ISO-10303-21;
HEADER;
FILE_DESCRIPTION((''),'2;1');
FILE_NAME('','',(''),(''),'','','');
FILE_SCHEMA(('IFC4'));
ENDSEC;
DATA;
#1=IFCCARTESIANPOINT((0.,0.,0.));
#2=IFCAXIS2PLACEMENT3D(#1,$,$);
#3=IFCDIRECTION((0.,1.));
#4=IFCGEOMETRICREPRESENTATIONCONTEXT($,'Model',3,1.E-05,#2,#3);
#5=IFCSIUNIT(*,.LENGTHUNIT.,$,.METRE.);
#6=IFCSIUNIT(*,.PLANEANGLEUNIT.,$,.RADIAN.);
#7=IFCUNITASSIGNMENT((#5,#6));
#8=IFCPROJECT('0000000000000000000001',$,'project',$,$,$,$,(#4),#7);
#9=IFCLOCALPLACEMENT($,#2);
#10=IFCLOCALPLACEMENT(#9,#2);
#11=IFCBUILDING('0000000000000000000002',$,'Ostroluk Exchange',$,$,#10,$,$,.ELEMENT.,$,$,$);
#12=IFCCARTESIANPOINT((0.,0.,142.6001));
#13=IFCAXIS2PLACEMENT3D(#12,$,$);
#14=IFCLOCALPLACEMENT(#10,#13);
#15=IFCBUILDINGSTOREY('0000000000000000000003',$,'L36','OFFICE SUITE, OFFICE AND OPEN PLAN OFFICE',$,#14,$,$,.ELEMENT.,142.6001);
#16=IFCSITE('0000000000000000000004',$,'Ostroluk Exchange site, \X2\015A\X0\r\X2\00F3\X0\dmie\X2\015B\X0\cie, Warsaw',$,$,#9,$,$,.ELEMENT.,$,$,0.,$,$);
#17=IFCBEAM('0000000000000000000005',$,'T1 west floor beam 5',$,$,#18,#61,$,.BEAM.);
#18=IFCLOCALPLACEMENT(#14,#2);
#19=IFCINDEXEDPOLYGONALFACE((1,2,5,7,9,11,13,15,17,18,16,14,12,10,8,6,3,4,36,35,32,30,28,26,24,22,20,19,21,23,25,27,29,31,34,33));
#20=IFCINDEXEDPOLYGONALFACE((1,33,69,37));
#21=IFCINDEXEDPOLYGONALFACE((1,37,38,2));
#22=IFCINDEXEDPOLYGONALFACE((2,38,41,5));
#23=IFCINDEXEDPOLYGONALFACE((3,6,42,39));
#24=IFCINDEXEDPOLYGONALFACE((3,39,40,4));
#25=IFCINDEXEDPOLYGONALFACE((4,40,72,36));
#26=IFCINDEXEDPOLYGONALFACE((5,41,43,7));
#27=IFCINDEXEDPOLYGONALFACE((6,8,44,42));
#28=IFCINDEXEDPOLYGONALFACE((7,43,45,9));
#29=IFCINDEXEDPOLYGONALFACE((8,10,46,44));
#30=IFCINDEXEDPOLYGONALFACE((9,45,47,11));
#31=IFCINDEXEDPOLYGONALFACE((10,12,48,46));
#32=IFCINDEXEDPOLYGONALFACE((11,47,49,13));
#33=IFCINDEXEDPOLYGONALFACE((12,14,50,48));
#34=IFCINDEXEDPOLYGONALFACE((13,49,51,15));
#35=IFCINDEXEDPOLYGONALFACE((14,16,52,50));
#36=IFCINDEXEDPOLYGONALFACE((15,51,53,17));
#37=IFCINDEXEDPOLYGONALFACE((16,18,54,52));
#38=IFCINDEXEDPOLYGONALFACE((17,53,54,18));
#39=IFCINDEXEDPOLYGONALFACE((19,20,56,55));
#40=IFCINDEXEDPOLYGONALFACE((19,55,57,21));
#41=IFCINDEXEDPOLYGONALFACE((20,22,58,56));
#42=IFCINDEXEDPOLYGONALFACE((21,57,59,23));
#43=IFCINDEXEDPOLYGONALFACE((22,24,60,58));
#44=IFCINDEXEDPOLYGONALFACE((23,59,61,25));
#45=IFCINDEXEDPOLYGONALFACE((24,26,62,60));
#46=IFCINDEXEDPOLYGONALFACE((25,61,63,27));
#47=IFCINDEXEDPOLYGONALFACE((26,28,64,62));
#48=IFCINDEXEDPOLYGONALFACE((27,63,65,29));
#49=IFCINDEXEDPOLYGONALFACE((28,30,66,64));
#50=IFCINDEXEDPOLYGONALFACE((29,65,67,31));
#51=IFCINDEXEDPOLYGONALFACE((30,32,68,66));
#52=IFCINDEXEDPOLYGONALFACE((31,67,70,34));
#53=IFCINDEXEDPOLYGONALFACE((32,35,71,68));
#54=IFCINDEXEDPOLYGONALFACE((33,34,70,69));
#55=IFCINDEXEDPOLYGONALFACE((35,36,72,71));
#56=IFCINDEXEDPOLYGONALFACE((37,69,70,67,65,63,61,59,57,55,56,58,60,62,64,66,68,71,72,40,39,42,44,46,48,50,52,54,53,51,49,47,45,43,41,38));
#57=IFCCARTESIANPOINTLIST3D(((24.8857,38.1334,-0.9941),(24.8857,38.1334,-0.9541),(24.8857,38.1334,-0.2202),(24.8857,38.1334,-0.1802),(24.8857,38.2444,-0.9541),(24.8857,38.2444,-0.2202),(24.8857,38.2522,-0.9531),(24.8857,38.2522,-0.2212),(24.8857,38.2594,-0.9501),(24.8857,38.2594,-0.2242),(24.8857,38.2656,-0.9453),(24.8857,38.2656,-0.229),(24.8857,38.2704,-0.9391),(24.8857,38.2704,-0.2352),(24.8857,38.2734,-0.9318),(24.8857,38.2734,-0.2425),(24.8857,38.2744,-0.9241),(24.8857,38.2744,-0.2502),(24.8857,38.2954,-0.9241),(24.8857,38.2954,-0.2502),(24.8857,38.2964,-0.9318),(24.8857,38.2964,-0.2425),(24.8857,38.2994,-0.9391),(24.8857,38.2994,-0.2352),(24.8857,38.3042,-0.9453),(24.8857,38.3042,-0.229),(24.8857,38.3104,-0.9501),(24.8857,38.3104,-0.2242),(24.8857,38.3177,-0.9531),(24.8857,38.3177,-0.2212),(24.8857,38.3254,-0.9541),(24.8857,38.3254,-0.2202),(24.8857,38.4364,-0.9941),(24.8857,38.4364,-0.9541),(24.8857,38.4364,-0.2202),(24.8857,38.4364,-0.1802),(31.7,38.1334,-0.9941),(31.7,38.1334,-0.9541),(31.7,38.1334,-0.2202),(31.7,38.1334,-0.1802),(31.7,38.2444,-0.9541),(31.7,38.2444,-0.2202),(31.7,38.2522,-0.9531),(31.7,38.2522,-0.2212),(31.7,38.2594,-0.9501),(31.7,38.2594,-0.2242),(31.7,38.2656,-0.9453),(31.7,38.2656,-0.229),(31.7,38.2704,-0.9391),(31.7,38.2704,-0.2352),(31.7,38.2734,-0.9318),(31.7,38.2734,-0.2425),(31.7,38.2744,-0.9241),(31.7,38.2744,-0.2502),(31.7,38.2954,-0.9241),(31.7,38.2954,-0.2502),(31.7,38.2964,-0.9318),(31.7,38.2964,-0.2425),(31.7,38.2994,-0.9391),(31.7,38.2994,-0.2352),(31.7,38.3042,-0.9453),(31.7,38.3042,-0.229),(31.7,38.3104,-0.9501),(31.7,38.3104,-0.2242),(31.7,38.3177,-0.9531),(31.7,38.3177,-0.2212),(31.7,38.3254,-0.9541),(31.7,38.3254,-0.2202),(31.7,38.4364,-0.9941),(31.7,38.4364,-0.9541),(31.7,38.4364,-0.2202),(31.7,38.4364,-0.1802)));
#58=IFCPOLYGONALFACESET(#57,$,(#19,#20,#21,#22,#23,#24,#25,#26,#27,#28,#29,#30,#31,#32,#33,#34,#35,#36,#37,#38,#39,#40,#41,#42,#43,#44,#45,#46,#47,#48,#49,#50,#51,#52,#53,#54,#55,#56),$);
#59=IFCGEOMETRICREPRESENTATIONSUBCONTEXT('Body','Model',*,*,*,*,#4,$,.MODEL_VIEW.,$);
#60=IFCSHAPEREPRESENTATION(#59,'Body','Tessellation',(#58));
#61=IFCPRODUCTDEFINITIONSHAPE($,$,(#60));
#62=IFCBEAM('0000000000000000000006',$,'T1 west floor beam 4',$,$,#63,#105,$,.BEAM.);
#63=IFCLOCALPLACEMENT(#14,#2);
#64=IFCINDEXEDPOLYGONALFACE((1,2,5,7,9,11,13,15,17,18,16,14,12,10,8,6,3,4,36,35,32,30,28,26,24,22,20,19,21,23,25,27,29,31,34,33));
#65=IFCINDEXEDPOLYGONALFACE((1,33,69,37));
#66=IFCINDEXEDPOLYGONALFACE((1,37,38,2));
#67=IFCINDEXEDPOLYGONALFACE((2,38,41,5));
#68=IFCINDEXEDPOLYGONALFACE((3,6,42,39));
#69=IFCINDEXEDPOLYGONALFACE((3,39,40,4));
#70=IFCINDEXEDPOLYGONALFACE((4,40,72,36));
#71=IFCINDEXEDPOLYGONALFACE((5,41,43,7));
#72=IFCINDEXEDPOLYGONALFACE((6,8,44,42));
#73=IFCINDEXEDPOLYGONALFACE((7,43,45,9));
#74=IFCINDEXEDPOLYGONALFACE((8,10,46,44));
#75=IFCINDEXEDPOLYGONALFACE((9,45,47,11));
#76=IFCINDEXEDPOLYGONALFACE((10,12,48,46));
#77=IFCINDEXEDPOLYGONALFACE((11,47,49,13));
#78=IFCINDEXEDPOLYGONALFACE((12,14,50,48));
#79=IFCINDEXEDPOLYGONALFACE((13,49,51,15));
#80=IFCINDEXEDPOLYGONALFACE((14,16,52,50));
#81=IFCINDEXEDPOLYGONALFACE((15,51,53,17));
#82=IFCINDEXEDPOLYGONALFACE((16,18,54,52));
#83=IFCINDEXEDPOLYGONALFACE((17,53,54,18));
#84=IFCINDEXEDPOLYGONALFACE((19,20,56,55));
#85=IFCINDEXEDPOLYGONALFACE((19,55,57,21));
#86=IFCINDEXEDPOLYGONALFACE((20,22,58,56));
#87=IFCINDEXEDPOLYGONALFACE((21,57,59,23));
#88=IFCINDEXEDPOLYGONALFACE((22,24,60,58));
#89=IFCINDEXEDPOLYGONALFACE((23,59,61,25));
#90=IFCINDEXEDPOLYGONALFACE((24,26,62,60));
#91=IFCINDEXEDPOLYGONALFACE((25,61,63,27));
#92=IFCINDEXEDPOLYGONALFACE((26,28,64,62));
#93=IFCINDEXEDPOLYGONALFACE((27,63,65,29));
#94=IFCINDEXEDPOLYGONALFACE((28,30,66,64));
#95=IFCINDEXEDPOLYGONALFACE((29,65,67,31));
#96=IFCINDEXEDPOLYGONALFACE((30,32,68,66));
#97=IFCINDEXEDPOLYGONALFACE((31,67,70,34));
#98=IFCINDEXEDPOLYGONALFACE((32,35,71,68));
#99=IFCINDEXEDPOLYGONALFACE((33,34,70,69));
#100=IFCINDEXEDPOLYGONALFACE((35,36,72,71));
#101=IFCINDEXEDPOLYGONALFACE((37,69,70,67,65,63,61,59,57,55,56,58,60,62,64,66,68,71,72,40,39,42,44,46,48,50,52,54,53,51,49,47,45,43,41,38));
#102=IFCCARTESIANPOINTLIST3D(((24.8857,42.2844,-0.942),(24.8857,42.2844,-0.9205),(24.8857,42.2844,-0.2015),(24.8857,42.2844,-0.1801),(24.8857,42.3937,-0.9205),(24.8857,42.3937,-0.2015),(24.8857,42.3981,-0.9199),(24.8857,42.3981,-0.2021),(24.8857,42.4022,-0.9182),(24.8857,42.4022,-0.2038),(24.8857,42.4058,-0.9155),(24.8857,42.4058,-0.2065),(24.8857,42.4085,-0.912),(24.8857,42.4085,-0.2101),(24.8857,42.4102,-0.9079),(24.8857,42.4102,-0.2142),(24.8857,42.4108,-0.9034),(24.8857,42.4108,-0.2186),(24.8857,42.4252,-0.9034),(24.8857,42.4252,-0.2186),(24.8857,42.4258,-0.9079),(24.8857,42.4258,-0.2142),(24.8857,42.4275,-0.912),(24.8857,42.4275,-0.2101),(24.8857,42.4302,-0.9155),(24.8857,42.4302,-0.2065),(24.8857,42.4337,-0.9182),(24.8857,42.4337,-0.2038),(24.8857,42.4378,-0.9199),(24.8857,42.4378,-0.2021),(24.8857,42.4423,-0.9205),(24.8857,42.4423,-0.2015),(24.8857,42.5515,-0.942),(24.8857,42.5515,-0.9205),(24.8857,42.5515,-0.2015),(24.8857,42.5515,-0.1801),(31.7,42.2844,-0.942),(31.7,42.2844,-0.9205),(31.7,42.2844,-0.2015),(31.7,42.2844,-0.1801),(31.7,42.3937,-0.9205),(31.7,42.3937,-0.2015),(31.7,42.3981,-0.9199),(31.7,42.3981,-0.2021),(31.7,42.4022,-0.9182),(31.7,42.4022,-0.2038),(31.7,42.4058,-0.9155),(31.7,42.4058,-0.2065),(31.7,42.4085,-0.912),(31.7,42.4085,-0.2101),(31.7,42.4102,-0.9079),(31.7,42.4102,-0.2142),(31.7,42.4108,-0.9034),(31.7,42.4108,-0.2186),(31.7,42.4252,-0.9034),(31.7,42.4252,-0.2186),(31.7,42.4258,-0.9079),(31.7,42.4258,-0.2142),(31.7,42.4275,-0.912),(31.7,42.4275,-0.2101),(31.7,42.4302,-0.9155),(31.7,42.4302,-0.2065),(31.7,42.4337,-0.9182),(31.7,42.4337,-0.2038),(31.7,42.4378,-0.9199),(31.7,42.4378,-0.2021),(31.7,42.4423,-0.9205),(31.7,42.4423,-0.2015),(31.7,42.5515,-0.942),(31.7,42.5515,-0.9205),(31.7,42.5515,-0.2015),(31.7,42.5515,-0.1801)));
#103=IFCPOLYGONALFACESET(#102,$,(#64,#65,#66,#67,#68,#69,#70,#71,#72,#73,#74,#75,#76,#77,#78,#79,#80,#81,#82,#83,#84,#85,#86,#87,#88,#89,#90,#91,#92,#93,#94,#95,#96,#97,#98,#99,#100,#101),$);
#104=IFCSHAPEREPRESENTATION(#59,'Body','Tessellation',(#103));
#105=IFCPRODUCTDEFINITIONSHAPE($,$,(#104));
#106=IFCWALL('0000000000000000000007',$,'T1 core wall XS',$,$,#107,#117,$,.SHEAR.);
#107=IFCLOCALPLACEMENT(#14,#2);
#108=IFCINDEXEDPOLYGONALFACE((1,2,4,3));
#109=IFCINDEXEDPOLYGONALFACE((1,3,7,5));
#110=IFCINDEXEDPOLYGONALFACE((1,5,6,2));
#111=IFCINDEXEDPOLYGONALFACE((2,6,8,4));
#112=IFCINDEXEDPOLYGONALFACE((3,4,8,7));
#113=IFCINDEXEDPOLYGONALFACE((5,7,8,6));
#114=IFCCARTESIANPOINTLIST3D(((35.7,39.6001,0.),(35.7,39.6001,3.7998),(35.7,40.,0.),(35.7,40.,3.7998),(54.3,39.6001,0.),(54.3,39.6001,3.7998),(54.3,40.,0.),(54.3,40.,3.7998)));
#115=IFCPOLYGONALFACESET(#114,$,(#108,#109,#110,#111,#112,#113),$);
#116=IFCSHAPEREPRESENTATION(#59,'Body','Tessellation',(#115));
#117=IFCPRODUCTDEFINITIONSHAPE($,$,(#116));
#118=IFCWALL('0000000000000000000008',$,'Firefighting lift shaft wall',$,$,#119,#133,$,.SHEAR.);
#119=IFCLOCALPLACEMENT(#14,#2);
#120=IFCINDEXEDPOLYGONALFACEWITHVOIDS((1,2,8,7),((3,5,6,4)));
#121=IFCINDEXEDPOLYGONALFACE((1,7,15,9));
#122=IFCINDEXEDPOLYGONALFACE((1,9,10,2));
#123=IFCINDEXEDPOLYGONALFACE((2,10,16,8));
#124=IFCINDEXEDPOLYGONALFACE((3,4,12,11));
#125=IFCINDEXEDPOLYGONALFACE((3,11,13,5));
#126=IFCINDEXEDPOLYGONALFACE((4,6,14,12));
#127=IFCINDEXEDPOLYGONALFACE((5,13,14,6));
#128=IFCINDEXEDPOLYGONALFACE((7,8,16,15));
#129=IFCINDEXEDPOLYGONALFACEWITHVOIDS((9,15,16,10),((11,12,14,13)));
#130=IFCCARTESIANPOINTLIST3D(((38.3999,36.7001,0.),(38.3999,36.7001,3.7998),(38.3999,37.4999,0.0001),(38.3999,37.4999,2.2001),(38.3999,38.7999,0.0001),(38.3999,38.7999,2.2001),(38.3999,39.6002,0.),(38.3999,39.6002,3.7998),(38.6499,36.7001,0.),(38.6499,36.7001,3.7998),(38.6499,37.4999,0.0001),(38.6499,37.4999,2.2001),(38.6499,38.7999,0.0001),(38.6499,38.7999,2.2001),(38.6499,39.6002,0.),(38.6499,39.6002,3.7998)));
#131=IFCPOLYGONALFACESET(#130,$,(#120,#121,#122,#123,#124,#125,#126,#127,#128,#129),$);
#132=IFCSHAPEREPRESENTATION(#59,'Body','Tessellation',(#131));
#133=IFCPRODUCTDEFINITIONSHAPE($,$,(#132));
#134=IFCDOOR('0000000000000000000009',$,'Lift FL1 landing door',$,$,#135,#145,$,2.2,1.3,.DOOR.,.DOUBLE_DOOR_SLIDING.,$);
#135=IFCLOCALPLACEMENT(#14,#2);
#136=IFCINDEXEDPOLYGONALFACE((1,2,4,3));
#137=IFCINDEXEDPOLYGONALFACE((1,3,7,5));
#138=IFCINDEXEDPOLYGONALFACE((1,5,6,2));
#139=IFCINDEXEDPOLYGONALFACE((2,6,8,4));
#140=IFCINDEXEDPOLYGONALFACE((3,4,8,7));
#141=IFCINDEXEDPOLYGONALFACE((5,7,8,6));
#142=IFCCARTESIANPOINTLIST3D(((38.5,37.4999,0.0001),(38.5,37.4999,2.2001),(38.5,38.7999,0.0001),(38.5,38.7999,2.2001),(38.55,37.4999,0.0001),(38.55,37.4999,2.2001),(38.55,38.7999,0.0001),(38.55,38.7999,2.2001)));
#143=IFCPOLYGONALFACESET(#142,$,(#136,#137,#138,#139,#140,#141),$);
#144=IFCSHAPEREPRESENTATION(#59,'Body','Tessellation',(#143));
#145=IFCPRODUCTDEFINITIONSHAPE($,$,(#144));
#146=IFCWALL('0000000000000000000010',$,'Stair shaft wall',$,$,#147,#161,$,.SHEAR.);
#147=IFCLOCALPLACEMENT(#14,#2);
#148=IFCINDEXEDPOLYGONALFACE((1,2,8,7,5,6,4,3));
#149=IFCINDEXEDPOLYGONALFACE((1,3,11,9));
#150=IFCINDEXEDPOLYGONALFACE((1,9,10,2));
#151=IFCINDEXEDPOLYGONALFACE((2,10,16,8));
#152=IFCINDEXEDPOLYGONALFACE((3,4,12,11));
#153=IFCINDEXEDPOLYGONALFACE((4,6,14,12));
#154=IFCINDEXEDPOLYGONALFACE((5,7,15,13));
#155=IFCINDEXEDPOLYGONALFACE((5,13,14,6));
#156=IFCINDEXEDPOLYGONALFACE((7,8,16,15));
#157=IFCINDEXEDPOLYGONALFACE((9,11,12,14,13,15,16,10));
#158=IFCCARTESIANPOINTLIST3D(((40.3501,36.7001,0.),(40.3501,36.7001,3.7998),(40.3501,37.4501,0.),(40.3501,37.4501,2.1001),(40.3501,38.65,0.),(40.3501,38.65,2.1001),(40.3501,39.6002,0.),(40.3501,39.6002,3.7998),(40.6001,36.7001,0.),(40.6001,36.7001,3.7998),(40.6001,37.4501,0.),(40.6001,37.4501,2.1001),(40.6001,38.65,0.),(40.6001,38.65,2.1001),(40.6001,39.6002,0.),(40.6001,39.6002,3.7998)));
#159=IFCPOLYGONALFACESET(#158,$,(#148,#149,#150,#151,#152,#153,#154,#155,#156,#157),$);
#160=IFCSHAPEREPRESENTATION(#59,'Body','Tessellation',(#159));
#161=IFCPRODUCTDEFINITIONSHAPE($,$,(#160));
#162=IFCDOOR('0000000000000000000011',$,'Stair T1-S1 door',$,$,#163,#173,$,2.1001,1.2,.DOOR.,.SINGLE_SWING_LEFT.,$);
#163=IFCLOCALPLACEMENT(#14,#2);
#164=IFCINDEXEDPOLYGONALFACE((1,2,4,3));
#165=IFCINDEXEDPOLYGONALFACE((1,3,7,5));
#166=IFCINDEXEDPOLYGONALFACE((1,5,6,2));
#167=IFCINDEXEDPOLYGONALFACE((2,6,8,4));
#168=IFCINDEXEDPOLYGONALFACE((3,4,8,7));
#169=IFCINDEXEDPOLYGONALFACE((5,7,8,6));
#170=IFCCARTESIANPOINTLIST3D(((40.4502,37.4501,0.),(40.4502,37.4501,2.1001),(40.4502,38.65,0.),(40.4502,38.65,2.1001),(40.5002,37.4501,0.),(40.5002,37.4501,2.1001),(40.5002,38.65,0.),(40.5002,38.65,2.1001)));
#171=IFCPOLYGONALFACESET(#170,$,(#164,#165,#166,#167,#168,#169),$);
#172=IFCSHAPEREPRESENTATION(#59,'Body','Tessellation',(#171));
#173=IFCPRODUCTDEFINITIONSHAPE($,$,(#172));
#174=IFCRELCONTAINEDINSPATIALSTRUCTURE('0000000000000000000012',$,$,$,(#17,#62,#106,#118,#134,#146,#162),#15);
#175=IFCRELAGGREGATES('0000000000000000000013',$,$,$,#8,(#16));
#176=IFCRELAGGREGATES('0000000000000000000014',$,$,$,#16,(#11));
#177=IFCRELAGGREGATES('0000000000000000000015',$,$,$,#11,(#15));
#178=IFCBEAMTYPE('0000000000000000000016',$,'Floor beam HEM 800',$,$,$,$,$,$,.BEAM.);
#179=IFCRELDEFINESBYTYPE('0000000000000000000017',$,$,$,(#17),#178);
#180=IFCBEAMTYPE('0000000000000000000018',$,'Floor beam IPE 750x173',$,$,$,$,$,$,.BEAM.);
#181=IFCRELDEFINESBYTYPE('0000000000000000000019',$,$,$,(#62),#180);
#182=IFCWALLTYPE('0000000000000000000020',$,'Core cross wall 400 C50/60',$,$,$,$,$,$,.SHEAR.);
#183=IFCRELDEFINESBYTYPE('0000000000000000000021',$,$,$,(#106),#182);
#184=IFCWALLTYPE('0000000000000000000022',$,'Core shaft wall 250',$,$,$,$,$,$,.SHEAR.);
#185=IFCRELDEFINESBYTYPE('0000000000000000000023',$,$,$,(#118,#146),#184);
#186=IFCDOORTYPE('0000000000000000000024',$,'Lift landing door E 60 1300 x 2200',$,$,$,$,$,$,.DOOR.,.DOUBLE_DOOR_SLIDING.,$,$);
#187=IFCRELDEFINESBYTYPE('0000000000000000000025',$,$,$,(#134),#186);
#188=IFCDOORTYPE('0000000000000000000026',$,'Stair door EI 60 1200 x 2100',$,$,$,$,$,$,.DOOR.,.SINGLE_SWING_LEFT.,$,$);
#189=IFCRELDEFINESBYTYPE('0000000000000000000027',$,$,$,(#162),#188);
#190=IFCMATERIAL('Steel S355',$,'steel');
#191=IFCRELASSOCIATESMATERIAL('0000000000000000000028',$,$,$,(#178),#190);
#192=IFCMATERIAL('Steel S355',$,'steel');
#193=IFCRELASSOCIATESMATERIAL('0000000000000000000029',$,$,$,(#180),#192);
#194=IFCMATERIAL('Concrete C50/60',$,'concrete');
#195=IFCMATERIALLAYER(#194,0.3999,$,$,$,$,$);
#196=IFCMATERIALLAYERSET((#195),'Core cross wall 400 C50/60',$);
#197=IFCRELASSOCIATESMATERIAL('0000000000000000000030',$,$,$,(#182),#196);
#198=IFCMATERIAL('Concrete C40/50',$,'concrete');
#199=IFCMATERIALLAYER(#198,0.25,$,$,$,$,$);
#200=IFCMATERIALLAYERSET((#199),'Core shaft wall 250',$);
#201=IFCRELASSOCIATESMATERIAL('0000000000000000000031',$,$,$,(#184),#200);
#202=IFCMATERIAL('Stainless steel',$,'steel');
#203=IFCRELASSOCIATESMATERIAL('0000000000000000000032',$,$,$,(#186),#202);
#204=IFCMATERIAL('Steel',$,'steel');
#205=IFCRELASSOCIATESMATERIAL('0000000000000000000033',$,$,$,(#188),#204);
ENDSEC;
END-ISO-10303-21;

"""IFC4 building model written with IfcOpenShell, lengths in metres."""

from ifc_helpers import new_model, si_unit, direction, frame, frame_2d, origin, origin_2d, place, context, subcontext, project, spatial, rectangle, i_section, extrude, material, layer, layer_set, material_profile, profile_set, type_object, element, fill, save


model = new_model("IFC4")

# Units and contexts
model_context = context("Model", 3, precision=1e-05, world=origin(), true_north=direction((0.0, 1.0)))
body_context = subcontext(model_context, "Body", "Model", "MODEL_VIEW")
ifc_project = project(units=[si_unit("LENGTHUNIT", "METRE"), si_unit("PLANEANGLEUNIT", "RADIAN")], contexts=[model_context])

# Site, building, storey
site_placement = place(None, origin())
site = spatial("IfcSite", under=ifc_project, at=site_placement, Name="Ostroluk Exchange site, Śródmieście, Warsaw", CompositionType="ELEMENT", RefElevation=0.0)
building_placement = place(site_placement, origin())
building = spatial("IfcBuilding", under=site, at=building_placement, Name="Ostroluk Exchange", CompositionType="ELEMENT")
storey_placement = place(building_placement, frame((0.0, 0.0, 142.6001)))
storey = spatial("IfcBuildingStorey", under=building, at=storey_placement, Name="L36", Description="OFFICE SUITE, OFFICE AND OPEN PLAN OFFICE", CompositionType="ELEMENT", Elevation=142.6001)

# Beams
ifc_material_1 = material(Name="Steel S355", Category="steel")
ifc_material_profile_1 = material_profile(ifc_material_1, i_section(OverallWidth=0.303, OverallDepth=0.814, WebThickness=0.021, FlangeThickness=0.04, FilletRadius=0.03, at=origin_2d()), Name="HEM 800")
ifc_profile_set_1 = profile_set([ifc_material_profile_1], Name="Steel S355")
beam_type_1 = type_object("IfcBeamType", Name="Floor beam HEM 800", PredefinedType="BEAM", material=ifc_profile_set_1)
beam_1_placement = place(storey_placement, frame((31.7, 38.2849, -0.5872), z_axis=(-1.0, 0.0, 0.0), x_axis=(0.0, -1.0, 0.0)))
element("IfcBeam", 1, at=beam_1_placement, inside=storey, type_object=beam_type_1, Name="T1 west floor beam 5", PredefinedType="BEAM", context=body_context, shape_type="SweptSolid", body=[
    extrude(i_section(OverallWidth=0.303, OverallDepth=0.814, WebThickness=0.021, FlangeThickness=0.04, FilletRadius=0.03, at=origin_2d()), origin(), (0.0, 0.0, 1.0), 6.8142),
])
ifc_material_2 = material(Name="Steel S355", Category="steel")
ifc_material_profile_2 = material_profile(ifc_material_2, i_section(OverallWidth=0.2671, OverallDepth=0.762, WebThickness=0.0144, FlangeThickness=0.0215, FilletRadius=0.0171, at=origin_2d()), Name="IPE 750x173")
ifc_profile_set_2 = profile_set([ifc_material_profile_2], Name="Steel S355")
beam_type_2 = type_object("IfcBeamType", Name="Floor beam IPE 750x173", PredefinedType="BEAM", material=ifc_profile_set_2)
beam_2_placement = place(storey_placement, frame((31.7, 42.418, -0.561), z_axis=(-1.0, 0.0, 0.0), x_axis=(0.0, -1.0, 0.0)))
element("IfcBeam", 2, at=beam_2_placement, inside=storey, type_object=beam_type_2, Name="T1 west floor beam 4", PredefinedType="BEAM", context=body_context, shape_type="SweptSolid", body=[
    extrude(i_section(OverallWidth=0.2671, OverallDepth=0.762, WebThickness=0.0144, FlangeThickness=0.0215, FilletRadius=0.0171, at=origin_2d()), origin(), (0.0, 0.0, 1.0), 6.8142),
])

# Wall
ifc_material_3 = material(Name="Concrete C50/60", Category="concrete")
ifc_layer_1 = layer(ifc_material_3, 0.3999)
ifc_layer_set_1 = layer_set([ifc_layer_1], Name="Core cross wall 400 C50/60")
wall_type_1 = type_object("IfcWallType", Name="Core cross wall 400 C50/60", PredefinedType="SHEAR", material=ifc_layer_set_1)
wall_1_placement = place(storey_placement, frame((35.7, 39.8, 0.0), z_axis=(0.0, 0.0, 1.0), x_axis=(1.0, 0.0, 0.0)))
element("IfcWall", 3, at=wall_1_placement, inside=storey, type_object=wall_type_1, Name="T1 core wall XS", PredefinedType="SHEAR", context=body_context, shape_type="SweptSolid", body=[
    extrude(rectangle(XDim=18.6001, YDim=0.3999, at=frame_2d((9.3, 0.0))), origin(), (0.0, 0.0, 1.0), 3.7998),
])

# Walls, openings, doors
ifc_material_4 = material(Name="Concrete C40/50", Category="concrete")
ifc_layer_2 = layer(ifc_material_4, 0.25)
ifc_layer_set_2 = layer_set([ifc_layer_2], Name="Core shaft wall 250")
wall_type_2 = type_object("IfcWallType", Name="Core shaft wall 250", PredefinedType="SHEAR", material=ifc_layer_set_2)
wall_2_placement = place(storey_placement, frame((38.5249, 36.7, 0.0), z_axis=(0.0, 0.0, 1.0), x_axis=(0.0, 1.0, 0.0)))
wall_2 = element("IfcWall", 4, at=wall_2_placement, inside=storey, type_object=wall_type_2, Name="Firefighting lift shaft wall", PredefinedType="SHEAR", context=body_context, shape_type="SweptSolid", body=[
    extrude(rectangle(XDim=2.9001, YDim=0.25, at=frame_2d((1.4502, 0.0))), origin(), (0.0, 0.0, 1.0), 3.7998),
])
opening_1_placement = place(wall_2_placement, frame((0.8, 0.0, 0.0)))
opening_1 = element("IfcOpeningElement", 5, at=opening_1_placement, cuts=wall_2, PredefinedType="OPENING", context=body_context, shape_type="SweptSolid", body=[
    extrude(rectangle(XDim=1.3, YDim=2.2, at=frame_2d((0.6499, 1.1001))), frame((0.0, 0.135, 0.0), z_axis=(0.0, -1.0, 0.0), x_axis=(1.0, 0.0, 0.0)), (0.0, 0.0, 1.0), 0.27),
])
ifc_material_5 = material(Name="Stainless steel", Category="steel")
door_type_1 = type_object("IfcDoorType", Name="Lift landing door E 60 1300 x 2200", OperationType="DOUBLE_DOOR_SLIDING", PredefinedType="DOOR", material=ifc_material_5)
door_1_placement = place(opening_1_placement, origin())
door_1 = element("IfcDoor", 6, at=door_1_placement, inside=storey, type_object=door_type_1, Name="Lift FL1 landing door", OperationType="DOUBLE_DOOR_SLIDING", OverallHeight=2.2, OverallWidth=1.3, PredefinedType="DOOR", context=body_context, shape_type="SweptSolid", body=[
    extrude(rectangle(XDim=1.3, YDim=2.2, at=frame_2d((0.6499, 1.1001))), frame((0.0, 0.0249, 0.0), z_axis=(0.0, -1.0, 0.0), x_axis=(1.0, 0.0, 0.0)), (0.0, 0.0, 1.0), 0.05),
])
fill(opening_1, door_1)
wall_3_placement = place(storey_placement, frame((40.4751, 36.7, 0.0), z_axis=(0.0, 0.0, 1.0), x_axis=(0.0, 1.0, 0.0)))
wall_3 = element("IfcWall", 7, at=wall_3_placement, inside=storey, type_object=wall_type_2, Name="Stair shaft wall", PredefinedType="SHEAR", context=body_context, shape_type="SweptSolid", body=[
    extrude(rectangle(XDim=2.9001, YDim=0.25, at=frame_2d((1.4502, 0.0))), origin(), (0.0, 0.0, 1.0), 3.7998),
])
opening_2_placement = place(wall_3_placement, frame((0.75, 0.0, 0.0)))
opening_2 = element("IfcOpeningElement", 8, at=opening_2_placement, cuts=wall_3, PredefinedType="OPENING", context=body_context, shape_type="SweptSolid", body=[
    extrude(rectangle(XDim=1.2, YDim=2.1001, at=frame_2d((0.6001, 1.05))), frame((0.0, 0.135, 0.0), z_axis=(0.0, -1.0, 0.0), x_axis=(1.0, 0.0, 0.0)), (0.0, 0.0, 1.0), 0.27),
])
ifc_material_6 = material(Name="Steel", Category="steel")
door_type_2 = type_object("IfcDoorType", Name="Stair door EI 60 1200 x 2100", OperationType="SINGLE_SWING_LEFT", PredefinedType="DOOR", material=ifc_material_6)
door_2_placement = place(opening_2_placement, origin())
door_2 = element("IfcDoor", 9, at=door_2_placement, inside=storey, type_object=door_type_2, Name="Stair T1-S1 door", OperationType="SINGLE_SWING_LEFT", OverallHeight=2.1001, OverallWidth=1.2, PredefinedType="DOOR", context=body_context, shape_type="SweptSolid", body=[
    extrude(rectangle(XDim=1.2, YDim=2.1001, at=frame_2d((0.6001, 1.05))), frame((0.0, 0.0249, 0.0), z_axis=(0.0, -1.0, 0.0), x_axis=(1.0, 0.0, 0.0)), (0.0, 0.0, 1.0), 0.05),
])
fill(opening_2, door_2)

save(model, "model.ifc")
